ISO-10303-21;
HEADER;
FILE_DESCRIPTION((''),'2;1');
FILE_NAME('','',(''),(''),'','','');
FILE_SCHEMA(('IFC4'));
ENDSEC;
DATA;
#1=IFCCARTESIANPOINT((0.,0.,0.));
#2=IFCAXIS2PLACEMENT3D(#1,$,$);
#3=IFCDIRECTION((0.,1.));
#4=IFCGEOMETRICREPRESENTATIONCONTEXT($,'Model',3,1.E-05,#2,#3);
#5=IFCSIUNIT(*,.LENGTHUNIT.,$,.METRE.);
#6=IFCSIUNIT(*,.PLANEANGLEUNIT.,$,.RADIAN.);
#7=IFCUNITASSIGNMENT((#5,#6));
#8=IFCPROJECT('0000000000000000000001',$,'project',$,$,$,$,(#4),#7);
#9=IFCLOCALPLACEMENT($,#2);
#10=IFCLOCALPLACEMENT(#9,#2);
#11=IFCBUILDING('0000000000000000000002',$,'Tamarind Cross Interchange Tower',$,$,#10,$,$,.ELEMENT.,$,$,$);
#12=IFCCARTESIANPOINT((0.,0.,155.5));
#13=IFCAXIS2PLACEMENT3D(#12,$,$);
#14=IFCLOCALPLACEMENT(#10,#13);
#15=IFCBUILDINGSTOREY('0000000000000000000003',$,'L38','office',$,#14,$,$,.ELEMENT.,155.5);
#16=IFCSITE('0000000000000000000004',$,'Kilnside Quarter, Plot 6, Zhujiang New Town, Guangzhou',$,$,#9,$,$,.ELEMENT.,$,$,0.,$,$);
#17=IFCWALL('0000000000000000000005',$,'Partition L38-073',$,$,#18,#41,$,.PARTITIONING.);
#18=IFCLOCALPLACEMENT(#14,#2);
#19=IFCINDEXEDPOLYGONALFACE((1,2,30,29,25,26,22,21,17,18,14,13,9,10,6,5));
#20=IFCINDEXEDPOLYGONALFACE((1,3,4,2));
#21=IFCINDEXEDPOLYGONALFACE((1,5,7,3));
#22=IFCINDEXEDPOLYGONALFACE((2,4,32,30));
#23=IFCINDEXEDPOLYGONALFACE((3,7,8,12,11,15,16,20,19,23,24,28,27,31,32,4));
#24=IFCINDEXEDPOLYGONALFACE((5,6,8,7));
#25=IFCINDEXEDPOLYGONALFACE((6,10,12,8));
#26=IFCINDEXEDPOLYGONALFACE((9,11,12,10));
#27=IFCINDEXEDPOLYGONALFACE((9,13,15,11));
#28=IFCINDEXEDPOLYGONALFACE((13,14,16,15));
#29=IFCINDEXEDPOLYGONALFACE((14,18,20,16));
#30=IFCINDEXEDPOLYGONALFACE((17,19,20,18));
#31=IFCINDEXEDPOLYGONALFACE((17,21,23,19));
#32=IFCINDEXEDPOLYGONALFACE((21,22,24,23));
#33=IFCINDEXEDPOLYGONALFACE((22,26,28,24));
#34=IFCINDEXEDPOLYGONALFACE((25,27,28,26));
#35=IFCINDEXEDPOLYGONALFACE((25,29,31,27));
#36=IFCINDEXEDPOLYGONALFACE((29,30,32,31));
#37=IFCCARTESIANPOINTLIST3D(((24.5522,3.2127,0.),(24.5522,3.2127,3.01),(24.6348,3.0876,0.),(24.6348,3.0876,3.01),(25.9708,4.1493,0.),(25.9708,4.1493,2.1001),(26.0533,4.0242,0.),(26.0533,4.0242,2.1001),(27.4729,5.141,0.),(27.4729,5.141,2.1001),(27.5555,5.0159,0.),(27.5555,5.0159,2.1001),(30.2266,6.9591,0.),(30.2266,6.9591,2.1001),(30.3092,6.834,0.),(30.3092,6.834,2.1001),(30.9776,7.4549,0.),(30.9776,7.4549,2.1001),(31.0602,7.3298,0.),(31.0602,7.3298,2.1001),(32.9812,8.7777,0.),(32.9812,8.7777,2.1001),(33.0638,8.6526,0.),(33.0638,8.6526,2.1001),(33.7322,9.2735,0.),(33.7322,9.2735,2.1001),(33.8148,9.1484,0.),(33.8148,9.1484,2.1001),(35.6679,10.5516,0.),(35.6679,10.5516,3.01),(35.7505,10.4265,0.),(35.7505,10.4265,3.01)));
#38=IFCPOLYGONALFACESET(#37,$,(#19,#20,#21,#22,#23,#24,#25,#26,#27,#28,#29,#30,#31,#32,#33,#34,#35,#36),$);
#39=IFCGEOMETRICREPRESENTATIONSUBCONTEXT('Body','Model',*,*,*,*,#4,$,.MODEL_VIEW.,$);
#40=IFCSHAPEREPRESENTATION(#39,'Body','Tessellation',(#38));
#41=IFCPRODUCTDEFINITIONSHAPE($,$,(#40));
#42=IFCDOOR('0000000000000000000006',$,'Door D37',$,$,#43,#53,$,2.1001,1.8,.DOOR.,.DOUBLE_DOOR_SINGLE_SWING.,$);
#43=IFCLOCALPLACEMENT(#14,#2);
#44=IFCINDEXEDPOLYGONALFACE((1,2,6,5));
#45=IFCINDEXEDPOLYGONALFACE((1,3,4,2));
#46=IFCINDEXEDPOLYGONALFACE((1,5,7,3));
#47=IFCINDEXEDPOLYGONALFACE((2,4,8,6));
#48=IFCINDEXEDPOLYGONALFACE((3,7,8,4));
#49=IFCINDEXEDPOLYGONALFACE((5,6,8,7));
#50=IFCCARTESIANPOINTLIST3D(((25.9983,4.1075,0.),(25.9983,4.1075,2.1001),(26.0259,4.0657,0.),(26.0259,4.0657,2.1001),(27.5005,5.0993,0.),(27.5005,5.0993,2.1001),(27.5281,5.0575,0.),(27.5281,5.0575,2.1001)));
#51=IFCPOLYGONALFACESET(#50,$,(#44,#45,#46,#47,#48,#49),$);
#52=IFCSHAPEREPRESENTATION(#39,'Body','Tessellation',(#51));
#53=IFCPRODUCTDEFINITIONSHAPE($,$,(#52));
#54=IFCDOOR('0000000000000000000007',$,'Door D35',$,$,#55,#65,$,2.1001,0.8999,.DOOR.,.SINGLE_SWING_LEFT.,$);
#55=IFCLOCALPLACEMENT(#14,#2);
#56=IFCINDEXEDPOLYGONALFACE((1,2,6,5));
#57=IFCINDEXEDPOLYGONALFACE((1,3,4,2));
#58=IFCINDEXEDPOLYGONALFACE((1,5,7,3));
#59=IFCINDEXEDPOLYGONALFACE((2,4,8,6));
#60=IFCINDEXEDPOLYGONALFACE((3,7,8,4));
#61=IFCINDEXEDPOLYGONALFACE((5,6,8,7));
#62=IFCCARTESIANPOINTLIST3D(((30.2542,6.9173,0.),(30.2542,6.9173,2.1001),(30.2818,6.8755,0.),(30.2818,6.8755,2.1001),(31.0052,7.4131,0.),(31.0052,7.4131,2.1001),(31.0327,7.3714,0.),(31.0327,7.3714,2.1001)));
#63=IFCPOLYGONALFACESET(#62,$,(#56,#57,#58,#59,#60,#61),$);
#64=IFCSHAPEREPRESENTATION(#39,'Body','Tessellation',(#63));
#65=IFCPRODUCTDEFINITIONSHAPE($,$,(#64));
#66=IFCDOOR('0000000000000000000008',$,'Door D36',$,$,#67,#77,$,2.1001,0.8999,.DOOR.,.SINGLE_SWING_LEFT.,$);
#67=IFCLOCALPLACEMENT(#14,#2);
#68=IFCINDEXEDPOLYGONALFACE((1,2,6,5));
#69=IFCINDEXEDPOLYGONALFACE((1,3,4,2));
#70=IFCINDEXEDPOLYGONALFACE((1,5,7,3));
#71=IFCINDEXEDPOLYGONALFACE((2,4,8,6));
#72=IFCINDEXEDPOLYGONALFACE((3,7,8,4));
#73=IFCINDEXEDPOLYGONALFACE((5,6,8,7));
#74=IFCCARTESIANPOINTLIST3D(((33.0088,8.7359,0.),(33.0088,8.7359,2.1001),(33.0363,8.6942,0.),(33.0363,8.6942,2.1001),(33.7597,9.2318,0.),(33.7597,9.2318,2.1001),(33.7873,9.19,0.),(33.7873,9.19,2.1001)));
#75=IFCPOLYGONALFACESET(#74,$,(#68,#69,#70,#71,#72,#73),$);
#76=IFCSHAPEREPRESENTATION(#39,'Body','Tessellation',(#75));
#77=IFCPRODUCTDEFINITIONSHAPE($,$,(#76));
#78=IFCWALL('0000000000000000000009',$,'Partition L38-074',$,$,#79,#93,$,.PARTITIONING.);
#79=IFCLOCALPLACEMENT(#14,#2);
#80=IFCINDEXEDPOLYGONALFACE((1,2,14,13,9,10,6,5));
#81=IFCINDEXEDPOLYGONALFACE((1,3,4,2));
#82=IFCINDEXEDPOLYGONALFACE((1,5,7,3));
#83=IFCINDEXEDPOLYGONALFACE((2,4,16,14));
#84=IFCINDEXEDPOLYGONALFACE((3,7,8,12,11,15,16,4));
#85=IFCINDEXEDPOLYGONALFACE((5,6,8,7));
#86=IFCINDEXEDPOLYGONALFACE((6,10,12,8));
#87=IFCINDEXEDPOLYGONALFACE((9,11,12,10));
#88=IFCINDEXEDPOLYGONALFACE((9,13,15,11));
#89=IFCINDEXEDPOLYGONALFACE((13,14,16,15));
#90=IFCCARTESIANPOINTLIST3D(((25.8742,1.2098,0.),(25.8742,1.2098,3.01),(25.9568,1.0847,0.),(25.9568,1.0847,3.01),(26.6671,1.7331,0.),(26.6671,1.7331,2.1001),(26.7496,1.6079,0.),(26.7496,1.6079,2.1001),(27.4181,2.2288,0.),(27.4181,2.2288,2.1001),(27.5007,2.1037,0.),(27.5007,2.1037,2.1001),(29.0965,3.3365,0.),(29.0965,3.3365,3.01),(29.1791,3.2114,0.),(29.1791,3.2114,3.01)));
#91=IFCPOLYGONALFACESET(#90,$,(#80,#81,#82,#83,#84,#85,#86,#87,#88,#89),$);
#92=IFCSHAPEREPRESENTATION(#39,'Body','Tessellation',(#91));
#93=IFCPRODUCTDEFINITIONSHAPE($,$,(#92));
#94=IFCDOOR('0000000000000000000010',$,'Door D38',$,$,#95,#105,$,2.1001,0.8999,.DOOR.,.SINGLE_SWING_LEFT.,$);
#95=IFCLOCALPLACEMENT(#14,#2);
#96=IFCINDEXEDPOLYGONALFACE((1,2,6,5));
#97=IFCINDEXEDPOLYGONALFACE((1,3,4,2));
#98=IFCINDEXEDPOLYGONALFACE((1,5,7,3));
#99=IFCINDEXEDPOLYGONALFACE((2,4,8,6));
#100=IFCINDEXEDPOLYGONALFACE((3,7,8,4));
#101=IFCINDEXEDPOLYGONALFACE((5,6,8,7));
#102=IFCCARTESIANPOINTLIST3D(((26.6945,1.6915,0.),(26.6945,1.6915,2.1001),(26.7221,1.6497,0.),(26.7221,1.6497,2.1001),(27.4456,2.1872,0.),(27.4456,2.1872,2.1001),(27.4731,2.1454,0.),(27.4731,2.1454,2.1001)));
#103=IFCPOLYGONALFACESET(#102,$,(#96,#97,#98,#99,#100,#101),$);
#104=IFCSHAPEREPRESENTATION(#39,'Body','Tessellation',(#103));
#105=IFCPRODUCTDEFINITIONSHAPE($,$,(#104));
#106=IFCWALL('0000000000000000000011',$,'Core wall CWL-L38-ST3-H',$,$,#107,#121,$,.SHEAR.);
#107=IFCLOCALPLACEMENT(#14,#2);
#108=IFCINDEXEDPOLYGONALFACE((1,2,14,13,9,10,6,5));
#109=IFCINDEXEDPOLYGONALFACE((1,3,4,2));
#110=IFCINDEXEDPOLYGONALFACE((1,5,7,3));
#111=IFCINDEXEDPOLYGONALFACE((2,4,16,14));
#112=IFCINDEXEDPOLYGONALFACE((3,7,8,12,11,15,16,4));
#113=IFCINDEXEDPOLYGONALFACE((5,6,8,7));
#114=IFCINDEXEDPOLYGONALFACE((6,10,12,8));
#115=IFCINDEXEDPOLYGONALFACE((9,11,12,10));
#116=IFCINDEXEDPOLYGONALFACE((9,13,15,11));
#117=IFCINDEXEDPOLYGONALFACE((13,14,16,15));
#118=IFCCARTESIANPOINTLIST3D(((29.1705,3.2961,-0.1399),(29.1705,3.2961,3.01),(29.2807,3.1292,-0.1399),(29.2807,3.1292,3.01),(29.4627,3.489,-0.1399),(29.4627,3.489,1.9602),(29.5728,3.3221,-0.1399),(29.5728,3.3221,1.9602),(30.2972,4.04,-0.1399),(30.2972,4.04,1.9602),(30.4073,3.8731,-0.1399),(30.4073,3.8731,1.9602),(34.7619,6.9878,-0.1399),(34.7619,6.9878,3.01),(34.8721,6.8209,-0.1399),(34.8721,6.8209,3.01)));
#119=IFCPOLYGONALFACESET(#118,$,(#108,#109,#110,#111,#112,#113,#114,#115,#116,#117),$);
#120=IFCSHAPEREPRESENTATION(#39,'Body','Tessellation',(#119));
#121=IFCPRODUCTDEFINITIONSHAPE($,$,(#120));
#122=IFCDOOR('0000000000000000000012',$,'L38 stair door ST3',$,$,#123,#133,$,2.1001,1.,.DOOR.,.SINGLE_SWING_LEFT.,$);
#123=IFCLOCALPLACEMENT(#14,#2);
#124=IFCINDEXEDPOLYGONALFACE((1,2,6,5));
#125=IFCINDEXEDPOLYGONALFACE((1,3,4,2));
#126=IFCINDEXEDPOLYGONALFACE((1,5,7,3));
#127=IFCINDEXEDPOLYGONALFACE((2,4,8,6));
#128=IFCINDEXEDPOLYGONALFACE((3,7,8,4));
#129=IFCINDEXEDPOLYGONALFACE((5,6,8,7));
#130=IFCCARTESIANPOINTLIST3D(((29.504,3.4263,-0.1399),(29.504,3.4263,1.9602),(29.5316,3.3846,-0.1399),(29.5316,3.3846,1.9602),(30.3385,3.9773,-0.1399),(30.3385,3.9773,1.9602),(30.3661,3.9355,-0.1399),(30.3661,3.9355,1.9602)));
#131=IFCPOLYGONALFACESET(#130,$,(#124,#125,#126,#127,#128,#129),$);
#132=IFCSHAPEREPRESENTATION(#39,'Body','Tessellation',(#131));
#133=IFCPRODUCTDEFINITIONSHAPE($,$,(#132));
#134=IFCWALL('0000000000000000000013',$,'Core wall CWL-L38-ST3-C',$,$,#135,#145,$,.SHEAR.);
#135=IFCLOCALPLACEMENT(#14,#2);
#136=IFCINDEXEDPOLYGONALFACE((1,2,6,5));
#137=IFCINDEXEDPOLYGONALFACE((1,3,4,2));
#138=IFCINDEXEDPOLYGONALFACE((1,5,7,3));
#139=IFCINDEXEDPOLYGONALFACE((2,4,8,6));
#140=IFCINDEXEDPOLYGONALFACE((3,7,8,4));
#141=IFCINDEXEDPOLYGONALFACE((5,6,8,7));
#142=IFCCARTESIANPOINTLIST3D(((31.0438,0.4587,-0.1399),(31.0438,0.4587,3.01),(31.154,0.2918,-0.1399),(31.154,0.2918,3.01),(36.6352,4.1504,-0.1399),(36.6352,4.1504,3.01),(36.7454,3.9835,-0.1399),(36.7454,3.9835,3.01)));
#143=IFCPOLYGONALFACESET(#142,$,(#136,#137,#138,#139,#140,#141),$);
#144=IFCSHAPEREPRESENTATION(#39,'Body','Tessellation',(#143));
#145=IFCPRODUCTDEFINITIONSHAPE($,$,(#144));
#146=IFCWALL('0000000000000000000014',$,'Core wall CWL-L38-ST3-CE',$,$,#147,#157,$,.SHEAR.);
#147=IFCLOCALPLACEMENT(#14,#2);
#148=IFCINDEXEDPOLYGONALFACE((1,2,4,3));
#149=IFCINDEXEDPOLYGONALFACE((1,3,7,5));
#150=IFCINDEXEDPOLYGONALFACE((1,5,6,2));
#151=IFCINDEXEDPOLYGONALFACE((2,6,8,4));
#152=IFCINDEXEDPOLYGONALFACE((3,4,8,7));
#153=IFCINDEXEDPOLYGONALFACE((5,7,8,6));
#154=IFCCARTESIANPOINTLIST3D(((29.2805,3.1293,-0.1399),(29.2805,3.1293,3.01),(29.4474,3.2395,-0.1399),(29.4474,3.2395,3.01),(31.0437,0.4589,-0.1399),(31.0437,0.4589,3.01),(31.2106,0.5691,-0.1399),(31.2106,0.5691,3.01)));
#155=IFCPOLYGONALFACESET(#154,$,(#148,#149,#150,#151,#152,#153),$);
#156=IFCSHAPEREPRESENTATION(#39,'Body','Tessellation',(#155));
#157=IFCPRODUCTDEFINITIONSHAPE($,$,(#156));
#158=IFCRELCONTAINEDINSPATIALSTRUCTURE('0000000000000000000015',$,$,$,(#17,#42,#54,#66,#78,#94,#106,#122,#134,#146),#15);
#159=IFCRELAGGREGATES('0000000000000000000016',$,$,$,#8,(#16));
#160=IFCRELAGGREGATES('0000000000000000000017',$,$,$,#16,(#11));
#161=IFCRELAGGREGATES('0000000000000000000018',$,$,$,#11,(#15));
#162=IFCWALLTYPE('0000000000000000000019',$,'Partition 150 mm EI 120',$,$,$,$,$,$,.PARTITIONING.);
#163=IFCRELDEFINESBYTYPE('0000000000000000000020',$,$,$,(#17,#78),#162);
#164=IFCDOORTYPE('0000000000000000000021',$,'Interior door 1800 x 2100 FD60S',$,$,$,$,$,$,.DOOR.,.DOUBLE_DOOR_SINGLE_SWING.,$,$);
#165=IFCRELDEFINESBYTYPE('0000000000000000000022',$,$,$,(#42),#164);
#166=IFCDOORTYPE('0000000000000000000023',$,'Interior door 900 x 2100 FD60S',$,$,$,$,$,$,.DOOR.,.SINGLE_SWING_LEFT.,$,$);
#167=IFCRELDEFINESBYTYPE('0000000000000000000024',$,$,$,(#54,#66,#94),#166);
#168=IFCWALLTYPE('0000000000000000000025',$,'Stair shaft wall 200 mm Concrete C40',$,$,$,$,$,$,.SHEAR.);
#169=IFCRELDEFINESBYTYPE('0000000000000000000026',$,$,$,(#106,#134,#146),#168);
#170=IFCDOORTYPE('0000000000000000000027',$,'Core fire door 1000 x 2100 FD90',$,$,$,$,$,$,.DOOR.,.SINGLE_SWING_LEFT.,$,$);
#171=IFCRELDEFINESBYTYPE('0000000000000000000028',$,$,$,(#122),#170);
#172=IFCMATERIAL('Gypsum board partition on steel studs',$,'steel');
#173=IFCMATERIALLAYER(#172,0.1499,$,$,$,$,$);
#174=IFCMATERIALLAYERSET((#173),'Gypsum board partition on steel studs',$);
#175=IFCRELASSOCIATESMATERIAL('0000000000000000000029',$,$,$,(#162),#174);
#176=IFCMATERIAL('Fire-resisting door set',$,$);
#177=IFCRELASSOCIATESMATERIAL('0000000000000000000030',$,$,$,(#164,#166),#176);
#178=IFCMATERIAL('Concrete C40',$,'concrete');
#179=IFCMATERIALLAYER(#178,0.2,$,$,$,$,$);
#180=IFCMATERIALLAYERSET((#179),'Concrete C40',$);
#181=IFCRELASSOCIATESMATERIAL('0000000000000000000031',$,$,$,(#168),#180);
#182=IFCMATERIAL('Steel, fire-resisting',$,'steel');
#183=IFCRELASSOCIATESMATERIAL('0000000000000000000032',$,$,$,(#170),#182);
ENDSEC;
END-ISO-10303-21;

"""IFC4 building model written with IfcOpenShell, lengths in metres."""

from ifc_helpers import new_model, si_unit, direction, frame, frame_2d, origin, place, context, subcontext, project, spatial, rectangle, extrude, material, layer, layer_set, type_object, element, fill, save


model = new_model("IFC4")

# Units and contexts
model_context = context("Model", 3, precision=1e-05, world=origin(), true_north=direction((0.0, 1.0)))
body_context = subcontext(model_context, "Body", "Model", "MODEL_VIEW")
ifc_project = project(units=[si_unit("LENGTHUNIT", "METRE"), si_unit("PLANEANGLEUNIT", "RADIAN")], contexts=[model_context])

# Site, building, storey
site_placement = place(None, origin())
site = spatial("IfcSite", under=ifc_project, at=site_placement, Name="Kilnside Quarter, Plot 6, Zhujiang New Town, Guangzhou", CompositionType="ELEMENT", RefElevation=0.0)
building_placement = place(site_placement, origin())
building = spatial("IfcBuilding", under=site, at=building_placement, Name="Tamarind Cross Interchange Tower", CompositionType="ELEMENT")
storey_placement = place(building_placement, frame((0.0, 0.0, 155.5)))
storey = spatial("IfcBuildingStorey", under=building, at=storey_placement, Name="L38", Description="office", CompositionType="ELEMENT", Elevation=155.5)

# Shared definitions
ifc_material_1 = material(Name="Gypsum board partition on steel studs", Category="steel")
ifc_layer_1 = layer(ifc_material_1, 0.1499)
ifc_layer_set_1 = layer_set([ifc_layer_1], Name="Gypsum board partition on steel studs")
wall_type_1 = type_object("IfcWallType", Name="Partition 150 mm EI 120", PredefinedType="PARTITIONING", material=ifc_layer_set_1)

# Wall, openings, doors
wall_1_placement = place(storey_placement, frame((24.5935, 3.1501, 0.0), z_axis=(0.0, 0.0, 1.0), x_axis=(0.834523, 0.550972, 0.0)))
wall_1 = element("IfcWall", 1, at=wall_1_placement, inside=storey, type_object=wall_type_1, Name="Partition L38-073", PredefinedType="PARTITIONING", context=body_context, shape_type="SweptSolid", body=[
    extrude(rectangle(XDim=13.3198, YDim=0.1499, at=frame_2d((6.6599, 0.0))), origin(), (0.0, 0.0, 1.0), 3.01),
])
opening_1_placement = place(wall_1_placement, frame((6.7996, 0.0, 0.0)))
opening_1 = element("IfcOpeningElement", 2, at=opening_1_placement, cuts=wall_1, PredefinedType="OPENING", context=body_context, shape_type="SweptSolid", body=[
    extrude(rectangle(XDim=0.8999, YDim=2.1001, at=frame_2d((0.45, 1.05))), frame((0.0, 0.085, 0.0), z_axis=(0.0, -1.0, 0.0), x_axis=(1.0, 0.0, 0.0)), (0.0, 0.0, 1.0), 0.1699),
])
opening_2_placement = place(wall_1_placement, frame((10.1003, 0.0, 0.0)))
opening_2 = element("IfcOpeningElement", 3, at=opening_2_placement, cuts=wall_1, PredefinedType="OPENING", context=body_context, shape_type="SweptSolid", body=[
    extrude(rectangle(XDim=0.8999, YDim=2.1001, at=frame_2d((0.45, 1.05))), frame((0.0, 0.085, 0.0), z_axis=(0.0, -1.0, 0.0), x_axis=(1.0, 0.0, 0.0)), (0.0, 0.0, 1.0), 0.1699),
])
opening_3_placement = place(wall_1_placement, frame((1.7, 0.0, 0.0)))
opening_3 = element("IfcOpeningElement", 4, at=opening_3_placement, cuts=wall_1, PredefinedType="OPENING", context=body_context, shape_type="SweptSolid", body=[
    extrude(rectangle(XDim=1.8, YDim=2.1001, at=frame_2d((0.8999, 1.05))), frame((0.0, 0.085, 0.0), z_axis=(0.0, -1.0, 0.0), x_axis=(1.0, 0.0, 0.0)), (0.0, 0.0, 1.0), 0.1699),
])
ifc_material_2 = material(Name="Fire-resisting door set")
door_type_1 = type_object("IfcDoorType", Name="Interior door 1800 x 2100 FD60S", OperationType="DOUBLE_DOOR_SINGLE_SWING", PredefinedType="DOOR", material=ifc_material_2)
door_1_placement = place(opening_3_placement, origin())
door_1 = element("IfcDoor", 5, at=door_1_placement, inside=storey, type_object=door_type_1, Name="Door D37", OperationType="DOUBLE_DOOR_SINGLE_SWING", OverallHeight=2.1001, OverallWidth=1.8, PredefinedType="DOOR", context=body_context, shape_type="SweptSolid", body=[
    extrude(rectangle(XDim=1.8, YDim=2.1001, at=frame_2d((0.8999, 1.05))), frame((0.0, 0.0249, 0.0), z_axis=(0.0, -1.0, 0.0), x_axis=(1.0, 0.0, 0.0)), (0.0, 0.0, 1.0), 0.05),
])
fill(opening_3, door_1)
door_type_2 = type_object("IfcDoorType", Name="Interior door 900 x 2100 FD60S", OperationType="SINGLE_SWING_LEFT", PredefinedType="DOOR", material=ifc_material_2)
door_2_placement = place(opening_1_placement, origin())
door_2 = element("IfcDoor", 6, at=door_2_placement, inside=storey, type_object=door_type_2, Name="Door D35", OperationType="SINGLE_SWING_LEFT", OverallHeight=2.1001, OverallWidth=0.8999, PredefinedType="DOOR", context=body_context, shape_type="SweptSolid", body=[
    extrude(rectangle(XDim=0.8999, YDim=2.1001, at=frame_2d((0.45, 1.05))), frame((0.0, 0.0249, 0.0), z_axis=(0.0, -1.0, 0.0), x_axis=(1.0, 0.0, 0.0)), (0.0, 0.0, 1.0), 0.05),
])
fill(opening_1, door_2)
door_3_placement = place(opening_2_placement, origin())
door_3 = element("IfcDoor", 7, at=door_3_placement, inside=storey, type_object=door_type_2, Name="Door D36", OperationType="SINGLE_SWING_LEFT", OverallHeight=2.1001, OverallWidth=0.8999, PredefinedType="DOOR", context=body_context, shape_type="SweptSolid", body=[
    extrude(rectangle(XDim=0.8999, YDim=2.1001, at=frame_2d((0.45, 1.05))), frame((0.0, 0.0249, 0.0), z_axis=(0.0, -1.0, 0.0), x_axis=(1.0, 0.0, 0.0)), (0.0, 0.0, 1.0), 0.05),
])
fill(opening_2, door_3)

# Walls, openings, doors
wall_2_placement = place(storey_placement, frame((25.9155, 1.1472, 0.0), z_axis=(0.0, 0.0, 1.0), x_axis=(0.8346, 0.550856, 0.0)))
wall_2 = element("IfcWall", 8, at=wall_2_placement, inside=storey, type_object=wall_type_1, Name="Partition L38-074", PredefinedType="PARTITIONING", context=body_context, shape_type="SweptSolid", body=[
    extrude(rectangle(XDim=3.8608, YDim=0.1499, at=frame_2d((1.9304, 0.0))), origin(), (0.0, 0.0, 1.0), 3.01),
])
opening_4_placement = place(wall_2_placement, frame((0.95, 0.0, 0.0)))
opening_4 = element("IfcOpeningElement", 9, at=opening_4_placement, cuts=wall_2, PredefinedType="OPENING", context=body_context, shape_type="SweptSolid", body=[
    extrude(rectangle(XDim=0.8999, YDim=2.1001, at=frame_2d((0.45, 1.05))), frame((0.0, 0.085, 0.0), z_axis=(0.0, -1.0, 0.0), x_axis=(1.0, 0.0, 0.0)), (0.0, 0.0, 1.0), 0.1699),
])
door_4_placement = place(opening_4_placement, frame((0.8999, 0.0, 0.0), z_axis=(0.0, 0.0, 1.0), x_axis=(-1.0, 0.0, 0.0)))
door_4 = element("IfcDoor", 10, at=door_4_placement, inside=storey, type_object=door_type_2, Name="Door D38", OperationType="SINGLE_SWING_LEFT", OverallHeight=2.1001, OverallWidth=0.8999, PredefinedType="DOOR", context=body_context, shape_type="SweptSolid", body=[
    extrude(rectangle(XDim=0.8999, YDim=2.1001, at=frame_2d((0.45, 1.05))), frame((0.0, 0.0249, 0.0), z_axis=(0.0, -1.0, 0.0), x_axis=(1.0, 0.0, 0.0)), (0.0, 0.0, 1.0), 0.05),
])
fill(opening_4, door_4)
ifc_material_3 = material(Name="Concrete C40", Category="concrete")
ifc_layer_2 = layer(ifc_material_3, 0.2)
ifc_layer_set_2 = layer_set([ifc_layer_2], Name="Concrete C40")
wall_type_2 = type_object("IfcWallType", Name="Stair shaft wall 200 mm Concrete C40", PredefinedType="SHEAR", material=ifc_layer_set_2)
wall_3_placement = place(storey_placement, frame((29.2256, 3.2126, -0.1399), z_axis=(0.0, 0.0, 1.0), x_axis=(0.834514, 0.550986, 0.0)))
wall_3 = element("IfcWall", 11, at=wall_3_placement, inside=storey, type_object=wall_type_2, Name="Core wall CWL-L38-ST3-H", PredefinedType="SHEAR", context=body_context, shape_type="SweptSolid", body=[
    extrude(rectangle(XDim=6.7002, YDim=0.2, at=frame_2d((3.3501, 0.0))), origin(), (0.0, 0.0, 1.0), 3.1499),
])
opening_5_placement = place(wall_3_placement, frame((0.3501, 0.0, 0.0)))
opening_5 = element("IfcOpeningElement", 12, at=opening_5_placement, cuts=wall_3, PredefinedType="OPENING", context=body_context, shape_type="SweptSolid", body=[
    extrude(rectangle(XDim=1.0, YDim=2.1001, at=frame_2d((0.5, 1.05))), frame((0.0, 0.1099, 0.0), z_axis=(0.0, -1.0, 0.0), x_axis=(1.0, 0.0, 0.0)), (0.0, 0.0, 1.0), 0.22),
])
ifc_material_4 = material(Name="Steel, fire-resisting", Category="steel")
door_type_3 = type_object("IfcDoorType", Name="Core fire door 1000 x 2100 FD90", OperationType="SINGLE_SWING_LEFT", PredefinedType="DOOR", material=ifc_material_4)
door_5_placement = place(opening_5_placement, origin())
door_5 = element("IfcDoor", 13, at=door_5_placement, inside=storey, type_object=door_type_3, Name="L38 stair door ST3", OperationType="SINGLE_SWING_LEFT", OverallHeight=2.1001, OverallWidth=1.0, PredefinedType="DOOR", context=body_context, shape_type="SweptSolid", body=[
    extrude(rectangle(XDim=1.0, YDim=2.1001, at=frame_2d((0.5, 1.05))), frame((0.0, 0.0249, 0.0), z_axis=(0.0, -1.0, 0.0), x_axis=(1.0, 0.0, 0.0)), (0.0, 0.0, 1.0), 0.05),
])
fill(opening_5, door_5)

# Walls
wall_4_placement = place(storey_placement, frame((31.0989, 0.3752, -0.1399), z_axis=(0.0, 0.0, 1.0), x_axis=(0.834514, 0.550986, 0.0)))
element("IfcWall", 14, at=wall_4_placement, inside=storey, type_object=wall_type_2, Name="Core wall CWL-L38-ST3-C", PredefinedType="SHEAR", context=body_context, shape_type="SweptSolid", body=[
    extrude(rectangle(XDim=6.7002, YDim=0.2, at=frame_2d((3.3501, 0.0))), origin(), (0.0, 0.0, 1.0), 3.1499),
])
wall_5_placement = place(storey_placement, frame((31.1272, 0.5139, -0.1399), z_axis=(0.0, 0.0, 1.0), x_axis=(-0.550997, 0.834507, 0.0)))
element("IfcWall", 15, at=wall_5_placement, inside=storey, type_object=wall_type_2, Name="Core wall CWL-L38-ST3-CE", PredefinedType="SHEAR", context=body_context, shape_type="SweptSolid", body=[
    extrude(rectangle(XDim=3.2, YDim=0.2, at=frame_2d((1.6001, 0.0))), origin(), (0.0, 0.0, 1.0), 3.1499),
])

save(model, "model.ifc")
